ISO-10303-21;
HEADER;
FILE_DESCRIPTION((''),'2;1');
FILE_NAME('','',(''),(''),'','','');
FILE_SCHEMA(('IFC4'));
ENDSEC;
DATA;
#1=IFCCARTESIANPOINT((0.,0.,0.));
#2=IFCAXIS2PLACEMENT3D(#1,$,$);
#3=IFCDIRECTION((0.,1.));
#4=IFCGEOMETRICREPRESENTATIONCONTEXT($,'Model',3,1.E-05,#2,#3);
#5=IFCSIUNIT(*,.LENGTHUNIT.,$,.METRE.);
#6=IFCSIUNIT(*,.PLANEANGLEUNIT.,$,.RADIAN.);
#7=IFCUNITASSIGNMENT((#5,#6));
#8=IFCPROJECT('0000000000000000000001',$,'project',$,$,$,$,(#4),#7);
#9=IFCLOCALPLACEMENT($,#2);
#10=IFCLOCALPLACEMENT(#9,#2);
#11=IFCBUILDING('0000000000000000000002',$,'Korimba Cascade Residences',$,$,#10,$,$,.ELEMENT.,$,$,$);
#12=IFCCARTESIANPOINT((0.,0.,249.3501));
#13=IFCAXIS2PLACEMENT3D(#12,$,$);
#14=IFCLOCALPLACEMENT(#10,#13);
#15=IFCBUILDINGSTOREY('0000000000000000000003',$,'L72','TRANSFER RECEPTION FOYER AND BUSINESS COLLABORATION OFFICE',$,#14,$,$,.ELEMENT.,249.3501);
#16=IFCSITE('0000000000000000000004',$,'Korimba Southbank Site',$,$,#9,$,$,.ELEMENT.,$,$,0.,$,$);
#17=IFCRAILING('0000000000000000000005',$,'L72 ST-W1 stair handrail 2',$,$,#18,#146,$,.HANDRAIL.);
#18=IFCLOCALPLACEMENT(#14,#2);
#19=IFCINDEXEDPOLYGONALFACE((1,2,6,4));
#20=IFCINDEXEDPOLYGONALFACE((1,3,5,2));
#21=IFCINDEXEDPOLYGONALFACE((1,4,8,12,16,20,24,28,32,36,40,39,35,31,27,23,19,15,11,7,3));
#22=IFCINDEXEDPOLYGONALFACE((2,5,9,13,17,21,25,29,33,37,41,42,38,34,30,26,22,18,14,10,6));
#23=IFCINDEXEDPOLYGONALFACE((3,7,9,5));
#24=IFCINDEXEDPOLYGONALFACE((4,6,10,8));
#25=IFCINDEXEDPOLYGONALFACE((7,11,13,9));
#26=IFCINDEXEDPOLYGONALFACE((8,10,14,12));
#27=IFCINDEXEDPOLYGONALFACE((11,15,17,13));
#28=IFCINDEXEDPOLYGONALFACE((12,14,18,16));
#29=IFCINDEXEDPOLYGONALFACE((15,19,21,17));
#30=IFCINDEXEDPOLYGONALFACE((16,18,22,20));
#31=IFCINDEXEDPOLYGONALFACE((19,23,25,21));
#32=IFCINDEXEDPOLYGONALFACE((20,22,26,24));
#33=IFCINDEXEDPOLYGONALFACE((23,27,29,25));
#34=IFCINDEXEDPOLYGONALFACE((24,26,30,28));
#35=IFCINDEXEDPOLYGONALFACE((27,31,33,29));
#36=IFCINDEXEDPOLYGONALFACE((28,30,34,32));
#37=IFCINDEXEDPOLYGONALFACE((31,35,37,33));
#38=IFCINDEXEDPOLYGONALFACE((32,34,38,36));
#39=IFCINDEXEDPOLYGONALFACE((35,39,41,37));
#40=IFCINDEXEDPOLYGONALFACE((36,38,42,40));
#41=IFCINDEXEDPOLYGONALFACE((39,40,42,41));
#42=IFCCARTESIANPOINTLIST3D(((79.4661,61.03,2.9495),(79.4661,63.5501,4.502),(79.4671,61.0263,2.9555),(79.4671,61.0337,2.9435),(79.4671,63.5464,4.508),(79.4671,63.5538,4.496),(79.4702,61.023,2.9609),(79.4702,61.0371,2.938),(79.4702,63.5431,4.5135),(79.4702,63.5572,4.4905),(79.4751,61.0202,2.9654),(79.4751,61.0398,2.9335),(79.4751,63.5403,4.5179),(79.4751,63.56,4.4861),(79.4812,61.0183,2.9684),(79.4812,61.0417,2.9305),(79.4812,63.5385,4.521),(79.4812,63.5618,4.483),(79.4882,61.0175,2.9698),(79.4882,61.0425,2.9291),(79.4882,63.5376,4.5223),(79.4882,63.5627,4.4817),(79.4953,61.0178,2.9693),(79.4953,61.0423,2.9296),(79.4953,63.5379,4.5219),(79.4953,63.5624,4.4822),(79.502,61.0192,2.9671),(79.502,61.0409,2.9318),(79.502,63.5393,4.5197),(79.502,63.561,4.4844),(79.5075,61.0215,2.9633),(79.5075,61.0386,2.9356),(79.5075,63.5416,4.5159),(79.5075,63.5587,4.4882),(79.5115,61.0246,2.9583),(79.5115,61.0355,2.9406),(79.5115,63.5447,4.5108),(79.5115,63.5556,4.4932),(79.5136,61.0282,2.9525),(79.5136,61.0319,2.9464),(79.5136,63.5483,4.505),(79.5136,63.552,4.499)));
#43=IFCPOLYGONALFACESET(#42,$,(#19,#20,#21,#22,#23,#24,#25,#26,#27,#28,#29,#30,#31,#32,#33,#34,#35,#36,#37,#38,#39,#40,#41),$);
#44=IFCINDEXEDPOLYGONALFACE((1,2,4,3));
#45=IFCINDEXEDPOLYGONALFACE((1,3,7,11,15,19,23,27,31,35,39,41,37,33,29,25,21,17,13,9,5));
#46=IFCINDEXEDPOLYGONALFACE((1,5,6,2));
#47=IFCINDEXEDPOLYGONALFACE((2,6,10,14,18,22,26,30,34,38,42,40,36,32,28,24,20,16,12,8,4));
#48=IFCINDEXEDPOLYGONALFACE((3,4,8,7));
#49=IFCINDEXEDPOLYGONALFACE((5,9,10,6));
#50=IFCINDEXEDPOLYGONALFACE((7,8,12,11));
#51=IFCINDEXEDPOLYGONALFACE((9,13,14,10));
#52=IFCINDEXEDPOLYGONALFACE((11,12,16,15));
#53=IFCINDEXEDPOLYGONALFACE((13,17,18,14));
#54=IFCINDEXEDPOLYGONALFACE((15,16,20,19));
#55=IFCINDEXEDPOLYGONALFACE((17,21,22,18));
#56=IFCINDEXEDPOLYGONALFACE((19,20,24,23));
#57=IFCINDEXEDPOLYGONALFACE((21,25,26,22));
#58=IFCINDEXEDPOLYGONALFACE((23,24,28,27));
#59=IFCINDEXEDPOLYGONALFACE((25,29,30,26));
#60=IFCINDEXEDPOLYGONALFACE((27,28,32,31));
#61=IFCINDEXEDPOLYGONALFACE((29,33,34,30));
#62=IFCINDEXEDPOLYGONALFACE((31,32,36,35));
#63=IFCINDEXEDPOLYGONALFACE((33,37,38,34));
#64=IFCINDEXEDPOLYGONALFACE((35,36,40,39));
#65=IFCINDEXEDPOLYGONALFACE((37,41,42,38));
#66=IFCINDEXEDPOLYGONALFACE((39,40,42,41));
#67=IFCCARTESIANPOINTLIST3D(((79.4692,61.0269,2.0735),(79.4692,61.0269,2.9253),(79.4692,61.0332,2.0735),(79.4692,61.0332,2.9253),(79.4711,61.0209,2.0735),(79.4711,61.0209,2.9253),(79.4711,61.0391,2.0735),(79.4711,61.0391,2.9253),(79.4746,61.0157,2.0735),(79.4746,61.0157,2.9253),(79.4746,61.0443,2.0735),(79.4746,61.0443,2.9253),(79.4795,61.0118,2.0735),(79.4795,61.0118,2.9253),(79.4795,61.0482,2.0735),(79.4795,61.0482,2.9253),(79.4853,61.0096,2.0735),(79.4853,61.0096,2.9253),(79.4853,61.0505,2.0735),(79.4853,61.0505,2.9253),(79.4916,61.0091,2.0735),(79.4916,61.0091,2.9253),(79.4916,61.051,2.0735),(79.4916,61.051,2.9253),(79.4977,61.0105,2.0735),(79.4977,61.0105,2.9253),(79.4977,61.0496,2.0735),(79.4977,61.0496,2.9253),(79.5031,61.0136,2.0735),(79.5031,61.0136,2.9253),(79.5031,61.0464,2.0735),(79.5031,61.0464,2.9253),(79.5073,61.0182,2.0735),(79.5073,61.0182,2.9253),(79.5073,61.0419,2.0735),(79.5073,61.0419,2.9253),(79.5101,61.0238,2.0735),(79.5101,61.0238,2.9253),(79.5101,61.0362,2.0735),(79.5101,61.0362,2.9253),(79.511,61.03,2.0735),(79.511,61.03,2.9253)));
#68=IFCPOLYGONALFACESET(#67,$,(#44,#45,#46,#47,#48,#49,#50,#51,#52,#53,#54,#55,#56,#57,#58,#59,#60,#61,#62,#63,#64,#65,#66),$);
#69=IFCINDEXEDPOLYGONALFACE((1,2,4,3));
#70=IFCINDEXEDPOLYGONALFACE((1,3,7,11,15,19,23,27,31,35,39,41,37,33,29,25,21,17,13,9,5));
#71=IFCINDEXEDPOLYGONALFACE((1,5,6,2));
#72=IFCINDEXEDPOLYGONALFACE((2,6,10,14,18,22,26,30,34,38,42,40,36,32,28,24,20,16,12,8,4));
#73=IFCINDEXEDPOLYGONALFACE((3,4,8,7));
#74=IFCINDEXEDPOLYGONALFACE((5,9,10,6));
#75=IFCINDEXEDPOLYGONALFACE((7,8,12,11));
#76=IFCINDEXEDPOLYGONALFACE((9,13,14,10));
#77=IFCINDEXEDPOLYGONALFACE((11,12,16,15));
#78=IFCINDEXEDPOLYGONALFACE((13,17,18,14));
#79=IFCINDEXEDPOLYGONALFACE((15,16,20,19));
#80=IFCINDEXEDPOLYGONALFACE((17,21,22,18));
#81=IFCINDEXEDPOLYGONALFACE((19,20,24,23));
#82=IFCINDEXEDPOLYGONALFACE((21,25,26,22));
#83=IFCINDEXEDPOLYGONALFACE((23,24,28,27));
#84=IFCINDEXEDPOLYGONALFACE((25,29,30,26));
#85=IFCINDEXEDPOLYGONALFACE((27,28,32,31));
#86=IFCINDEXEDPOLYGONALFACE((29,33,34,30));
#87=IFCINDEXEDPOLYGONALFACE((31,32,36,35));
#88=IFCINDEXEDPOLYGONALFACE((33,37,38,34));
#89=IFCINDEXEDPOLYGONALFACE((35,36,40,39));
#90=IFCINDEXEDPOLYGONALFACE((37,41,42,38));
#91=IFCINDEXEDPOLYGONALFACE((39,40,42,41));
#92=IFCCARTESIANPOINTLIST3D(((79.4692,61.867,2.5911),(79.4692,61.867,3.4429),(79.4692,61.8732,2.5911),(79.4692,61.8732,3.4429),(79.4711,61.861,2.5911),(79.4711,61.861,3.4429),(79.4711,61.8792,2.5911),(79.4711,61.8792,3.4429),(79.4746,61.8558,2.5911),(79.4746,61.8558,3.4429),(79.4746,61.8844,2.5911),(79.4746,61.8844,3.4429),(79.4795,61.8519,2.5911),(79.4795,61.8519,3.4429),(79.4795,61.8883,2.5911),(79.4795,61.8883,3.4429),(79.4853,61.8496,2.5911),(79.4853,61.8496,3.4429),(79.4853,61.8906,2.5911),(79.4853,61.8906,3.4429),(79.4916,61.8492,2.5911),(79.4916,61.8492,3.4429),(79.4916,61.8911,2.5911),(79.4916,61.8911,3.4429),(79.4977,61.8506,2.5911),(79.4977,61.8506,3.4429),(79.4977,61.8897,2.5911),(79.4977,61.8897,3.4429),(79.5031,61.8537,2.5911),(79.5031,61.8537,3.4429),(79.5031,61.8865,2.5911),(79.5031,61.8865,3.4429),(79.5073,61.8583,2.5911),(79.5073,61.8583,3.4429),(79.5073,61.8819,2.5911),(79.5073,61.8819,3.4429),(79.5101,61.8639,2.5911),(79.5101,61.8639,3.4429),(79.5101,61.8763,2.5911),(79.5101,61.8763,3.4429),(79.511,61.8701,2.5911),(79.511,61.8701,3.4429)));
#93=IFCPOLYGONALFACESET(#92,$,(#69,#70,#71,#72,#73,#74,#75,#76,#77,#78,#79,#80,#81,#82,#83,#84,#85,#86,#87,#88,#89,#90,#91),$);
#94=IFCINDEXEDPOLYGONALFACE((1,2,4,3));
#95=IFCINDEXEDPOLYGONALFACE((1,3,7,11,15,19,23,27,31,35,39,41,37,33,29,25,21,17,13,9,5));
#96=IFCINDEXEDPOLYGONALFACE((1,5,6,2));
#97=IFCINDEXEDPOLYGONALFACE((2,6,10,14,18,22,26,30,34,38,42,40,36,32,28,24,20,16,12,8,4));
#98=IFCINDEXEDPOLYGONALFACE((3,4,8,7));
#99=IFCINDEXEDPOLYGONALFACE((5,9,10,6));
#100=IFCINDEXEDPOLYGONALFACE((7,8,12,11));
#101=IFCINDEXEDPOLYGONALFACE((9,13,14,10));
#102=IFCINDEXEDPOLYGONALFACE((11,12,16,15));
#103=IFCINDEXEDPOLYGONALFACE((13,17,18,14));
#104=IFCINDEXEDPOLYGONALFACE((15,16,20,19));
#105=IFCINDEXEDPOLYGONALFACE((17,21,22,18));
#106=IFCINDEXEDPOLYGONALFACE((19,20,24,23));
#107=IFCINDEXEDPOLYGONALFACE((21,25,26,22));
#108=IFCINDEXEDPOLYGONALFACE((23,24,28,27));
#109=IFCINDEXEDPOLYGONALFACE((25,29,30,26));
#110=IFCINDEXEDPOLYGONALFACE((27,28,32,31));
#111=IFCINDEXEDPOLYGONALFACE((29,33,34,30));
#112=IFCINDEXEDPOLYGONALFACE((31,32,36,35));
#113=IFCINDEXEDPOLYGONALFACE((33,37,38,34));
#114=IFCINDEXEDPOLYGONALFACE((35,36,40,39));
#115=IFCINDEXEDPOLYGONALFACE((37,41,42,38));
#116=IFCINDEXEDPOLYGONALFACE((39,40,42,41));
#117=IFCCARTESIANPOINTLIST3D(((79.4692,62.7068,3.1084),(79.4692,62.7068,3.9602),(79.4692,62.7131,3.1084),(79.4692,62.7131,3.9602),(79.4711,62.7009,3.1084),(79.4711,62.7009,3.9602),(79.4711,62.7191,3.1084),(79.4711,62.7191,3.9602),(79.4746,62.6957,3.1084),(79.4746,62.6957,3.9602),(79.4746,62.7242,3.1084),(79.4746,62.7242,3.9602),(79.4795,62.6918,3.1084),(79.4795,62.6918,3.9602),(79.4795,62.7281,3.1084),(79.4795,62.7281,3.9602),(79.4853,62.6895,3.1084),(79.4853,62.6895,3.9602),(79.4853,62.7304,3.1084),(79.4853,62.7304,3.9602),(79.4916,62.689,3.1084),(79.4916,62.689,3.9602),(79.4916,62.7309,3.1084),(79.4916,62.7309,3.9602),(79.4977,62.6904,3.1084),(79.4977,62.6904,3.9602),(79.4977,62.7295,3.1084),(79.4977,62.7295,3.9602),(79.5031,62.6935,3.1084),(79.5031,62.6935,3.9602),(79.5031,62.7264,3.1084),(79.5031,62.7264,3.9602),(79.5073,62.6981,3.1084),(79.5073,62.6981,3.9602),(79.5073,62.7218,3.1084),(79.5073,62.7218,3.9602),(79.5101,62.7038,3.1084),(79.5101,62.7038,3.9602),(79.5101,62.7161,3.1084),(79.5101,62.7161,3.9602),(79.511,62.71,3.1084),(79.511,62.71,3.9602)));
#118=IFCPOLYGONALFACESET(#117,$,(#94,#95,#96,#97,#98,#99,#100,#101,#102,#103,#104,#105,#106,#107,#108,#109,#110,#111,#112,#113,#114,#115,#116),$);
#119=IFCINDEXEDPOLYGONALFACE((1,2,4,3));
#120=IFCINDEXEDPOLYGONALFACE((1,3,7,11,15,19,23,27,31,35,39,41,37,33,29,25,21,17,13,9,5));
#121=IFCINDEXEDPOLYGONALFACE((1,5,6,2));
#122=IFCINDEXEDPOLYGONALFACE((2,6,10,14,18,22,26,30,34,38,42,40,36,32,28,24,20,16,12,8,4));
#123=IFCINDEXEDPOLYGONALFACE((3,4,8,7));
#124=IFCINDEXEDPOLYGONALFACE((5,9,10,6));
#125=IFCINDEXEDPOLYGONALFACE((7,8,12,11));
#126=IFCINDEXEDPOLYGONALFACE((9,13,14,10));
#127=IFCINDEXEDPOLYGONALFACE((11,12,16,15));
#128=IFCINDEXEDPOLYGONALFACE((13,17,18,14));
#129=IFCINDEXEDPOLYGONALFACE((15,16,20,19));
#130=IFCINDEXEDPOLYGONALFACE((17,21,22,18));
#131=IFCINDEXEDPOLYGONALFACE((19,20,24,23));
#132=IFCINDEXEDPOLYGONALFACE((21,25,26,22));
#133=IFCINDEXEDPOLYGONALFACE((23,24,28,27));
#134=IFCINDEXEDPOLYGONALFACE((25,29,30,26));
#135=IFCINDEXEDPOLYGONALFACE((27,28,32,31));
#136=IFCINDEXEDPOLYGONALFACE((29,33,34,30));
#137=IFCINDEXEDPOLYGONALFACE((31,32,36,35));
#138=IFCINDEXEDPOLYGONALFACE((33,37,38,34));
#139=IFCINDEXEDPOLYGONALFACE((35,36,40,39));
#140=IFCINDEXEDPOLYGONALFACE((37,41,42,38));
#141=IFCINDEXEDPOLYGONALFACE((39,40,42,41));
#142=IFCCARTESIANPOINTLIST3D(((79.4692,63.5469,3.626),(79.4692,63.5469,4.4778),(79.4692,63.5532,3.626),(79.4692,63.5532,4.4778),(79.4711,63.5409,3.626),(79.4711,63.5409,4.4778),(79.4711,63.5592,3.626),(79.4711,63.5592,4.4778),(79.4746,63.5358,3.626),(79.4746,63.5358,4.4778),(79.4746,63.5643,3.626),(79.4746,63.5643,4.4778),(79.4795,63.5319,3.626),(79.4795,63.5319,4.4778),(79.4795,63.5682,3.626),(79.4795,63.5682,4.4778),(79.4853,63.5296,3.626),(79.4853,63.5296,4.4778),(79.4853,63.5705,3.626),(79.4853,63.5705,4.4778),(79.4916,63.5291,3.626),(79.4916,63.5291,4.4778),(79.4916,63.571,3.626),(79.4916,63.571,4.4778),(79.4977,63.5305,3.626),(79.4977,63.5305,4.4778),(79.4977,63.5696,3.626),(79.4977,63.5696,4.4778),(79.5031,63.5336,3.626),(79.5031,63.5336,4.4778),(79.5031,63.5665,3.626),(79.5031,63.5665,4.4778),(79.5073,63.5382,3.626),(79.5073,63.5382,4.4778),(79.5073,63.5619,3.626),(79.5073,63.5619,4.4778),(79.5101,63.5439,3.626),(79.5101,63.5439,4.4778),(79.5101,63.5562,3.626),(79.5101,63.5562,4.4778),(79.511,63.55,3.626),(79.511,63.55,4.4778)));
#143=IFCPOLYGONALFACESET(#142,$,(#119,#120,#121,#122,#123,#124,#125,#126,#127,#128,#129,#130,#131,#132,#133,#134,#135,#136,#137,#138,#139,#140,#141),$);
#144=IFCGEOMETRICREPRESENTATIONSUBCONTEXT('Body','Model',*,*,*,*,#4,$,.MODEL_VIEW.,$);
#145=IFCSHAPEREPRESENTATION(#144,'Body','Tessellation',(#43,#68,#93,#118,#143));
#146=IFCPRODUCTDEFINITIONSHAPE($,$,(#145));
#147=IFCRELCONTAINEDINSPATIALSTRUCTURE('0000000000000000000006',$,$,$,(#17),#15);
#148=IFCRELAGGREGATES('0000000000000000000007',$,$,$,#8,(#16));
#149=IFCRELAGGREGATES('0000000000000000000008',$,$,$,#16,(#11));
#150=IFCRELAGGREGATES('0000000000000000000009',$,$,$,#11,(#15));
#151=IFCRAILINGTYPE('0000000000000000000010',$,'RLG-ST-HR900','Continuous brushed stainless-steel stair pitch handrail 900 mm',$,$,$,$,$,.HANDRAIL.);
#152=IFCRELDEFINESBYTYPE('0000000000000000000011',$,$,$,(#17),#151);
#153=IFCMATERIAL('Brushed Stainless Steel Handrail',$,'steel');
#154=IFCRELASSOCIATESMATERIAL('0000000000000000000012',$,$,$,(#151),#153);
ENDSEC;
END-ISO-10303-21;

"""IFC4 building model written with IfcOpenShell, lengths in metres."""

from ifc_helpers import new_model, si_unit, direction, frame, origin, origin_2d, place, context, subcontext, project, spatial, circle, extrude, material, type_object, element, save


model = new_model("IFC4")

# Units and contexts
model_context = context("Model", 3, precision=1e-05, world=origin(), true_north=direction((0.0, 1.0)))
body_context = subcontext(model_context, "Body", "Model", "MODEL_VIEW")
ifc_project = project(units=[si_unit("LENGTHUNIT", "METRE"), si_unit("PLANEANGLEUNIT", "RADIAN")], contexts=[model_context])

# Site, building, storey
site_placement = place(None, origin())
site = spatial("IfcSite", under=ifc_project, at=site_placement, Name="Korimba Southbank Site", CompositionType="ELEMENT", RefElevation=0.0)
building_placement = place(site_placement, origin())
building = spatial("IfcBuilding", under=site, at=building_placement, Name="Korimba Cascade Residences", CompositionType="ELEMENT")
storey_placement = place(building_placement, frame((0.0, 0.0, 249.3501)))
storey = spatial("IfcBuildingStorey", under=building, at=storey_placement, Name="L72", Description="TRANSFER RECEPTION FOYER AND BUSINESS COLLABORATION OFFICE", CompositionType="ELEMENT", Elevation=249.3501)

# Railing
ifc_material_1 = material(Name="Brushed Stainless Steel Handrail", Category="steel")
railing_type = type_object("IfcRailingType", Name="RLG-ST-HR900", Description="Continuous brushed stainless-steel stair pitch handrail 900 mm", PredefinedType="HANDRAIL", material=ifc_material_1)
railing_placement = place(storey_placement, frame((79.49, 61.03, 2.0735)))
element("IfcRailing", 1, at=railing_placement, inside=storey, type_object=railing_type, Name="L72 ST-W1 stair handrail 2", PredefinedType="HANDRAIL", context=body_context, shape_type="SweptSolid", body=[
    extrude(circle(Radius=0.0239, at=origin_2d()), frame((0.0, 0.0, 0.876), z_axis=(0.0, 0.8514, 0.524516), x_axis=(-1.0, 0.0, 0.0)), (0.0, 0.0, 1.0), 2.96),
    extrude(circle(Radius=0.021, at=origin_2d()), origin(), (0.0, 0.0, 1.0), 0.8518),
    extrude(circle(Radius=0.021, at=origin_2d()), frame((0.0, 0.8401, 0.5176)), (0.0, 0.0, 1.0), 0.8518),
    extrude(circle(Radius=0.021, at=origin_2d()), frame((0.0, 1.6799, 1.0349)), (0.0, 0.0, 1.0), 0.8518),
    extrude(circle(Radius=0.021, at=origin_2d()), frame((0.0, 2.52, 1.5525)), (0.0, 0.0, 1.0), 0.8518),
])

save(model, "model.ifc")
